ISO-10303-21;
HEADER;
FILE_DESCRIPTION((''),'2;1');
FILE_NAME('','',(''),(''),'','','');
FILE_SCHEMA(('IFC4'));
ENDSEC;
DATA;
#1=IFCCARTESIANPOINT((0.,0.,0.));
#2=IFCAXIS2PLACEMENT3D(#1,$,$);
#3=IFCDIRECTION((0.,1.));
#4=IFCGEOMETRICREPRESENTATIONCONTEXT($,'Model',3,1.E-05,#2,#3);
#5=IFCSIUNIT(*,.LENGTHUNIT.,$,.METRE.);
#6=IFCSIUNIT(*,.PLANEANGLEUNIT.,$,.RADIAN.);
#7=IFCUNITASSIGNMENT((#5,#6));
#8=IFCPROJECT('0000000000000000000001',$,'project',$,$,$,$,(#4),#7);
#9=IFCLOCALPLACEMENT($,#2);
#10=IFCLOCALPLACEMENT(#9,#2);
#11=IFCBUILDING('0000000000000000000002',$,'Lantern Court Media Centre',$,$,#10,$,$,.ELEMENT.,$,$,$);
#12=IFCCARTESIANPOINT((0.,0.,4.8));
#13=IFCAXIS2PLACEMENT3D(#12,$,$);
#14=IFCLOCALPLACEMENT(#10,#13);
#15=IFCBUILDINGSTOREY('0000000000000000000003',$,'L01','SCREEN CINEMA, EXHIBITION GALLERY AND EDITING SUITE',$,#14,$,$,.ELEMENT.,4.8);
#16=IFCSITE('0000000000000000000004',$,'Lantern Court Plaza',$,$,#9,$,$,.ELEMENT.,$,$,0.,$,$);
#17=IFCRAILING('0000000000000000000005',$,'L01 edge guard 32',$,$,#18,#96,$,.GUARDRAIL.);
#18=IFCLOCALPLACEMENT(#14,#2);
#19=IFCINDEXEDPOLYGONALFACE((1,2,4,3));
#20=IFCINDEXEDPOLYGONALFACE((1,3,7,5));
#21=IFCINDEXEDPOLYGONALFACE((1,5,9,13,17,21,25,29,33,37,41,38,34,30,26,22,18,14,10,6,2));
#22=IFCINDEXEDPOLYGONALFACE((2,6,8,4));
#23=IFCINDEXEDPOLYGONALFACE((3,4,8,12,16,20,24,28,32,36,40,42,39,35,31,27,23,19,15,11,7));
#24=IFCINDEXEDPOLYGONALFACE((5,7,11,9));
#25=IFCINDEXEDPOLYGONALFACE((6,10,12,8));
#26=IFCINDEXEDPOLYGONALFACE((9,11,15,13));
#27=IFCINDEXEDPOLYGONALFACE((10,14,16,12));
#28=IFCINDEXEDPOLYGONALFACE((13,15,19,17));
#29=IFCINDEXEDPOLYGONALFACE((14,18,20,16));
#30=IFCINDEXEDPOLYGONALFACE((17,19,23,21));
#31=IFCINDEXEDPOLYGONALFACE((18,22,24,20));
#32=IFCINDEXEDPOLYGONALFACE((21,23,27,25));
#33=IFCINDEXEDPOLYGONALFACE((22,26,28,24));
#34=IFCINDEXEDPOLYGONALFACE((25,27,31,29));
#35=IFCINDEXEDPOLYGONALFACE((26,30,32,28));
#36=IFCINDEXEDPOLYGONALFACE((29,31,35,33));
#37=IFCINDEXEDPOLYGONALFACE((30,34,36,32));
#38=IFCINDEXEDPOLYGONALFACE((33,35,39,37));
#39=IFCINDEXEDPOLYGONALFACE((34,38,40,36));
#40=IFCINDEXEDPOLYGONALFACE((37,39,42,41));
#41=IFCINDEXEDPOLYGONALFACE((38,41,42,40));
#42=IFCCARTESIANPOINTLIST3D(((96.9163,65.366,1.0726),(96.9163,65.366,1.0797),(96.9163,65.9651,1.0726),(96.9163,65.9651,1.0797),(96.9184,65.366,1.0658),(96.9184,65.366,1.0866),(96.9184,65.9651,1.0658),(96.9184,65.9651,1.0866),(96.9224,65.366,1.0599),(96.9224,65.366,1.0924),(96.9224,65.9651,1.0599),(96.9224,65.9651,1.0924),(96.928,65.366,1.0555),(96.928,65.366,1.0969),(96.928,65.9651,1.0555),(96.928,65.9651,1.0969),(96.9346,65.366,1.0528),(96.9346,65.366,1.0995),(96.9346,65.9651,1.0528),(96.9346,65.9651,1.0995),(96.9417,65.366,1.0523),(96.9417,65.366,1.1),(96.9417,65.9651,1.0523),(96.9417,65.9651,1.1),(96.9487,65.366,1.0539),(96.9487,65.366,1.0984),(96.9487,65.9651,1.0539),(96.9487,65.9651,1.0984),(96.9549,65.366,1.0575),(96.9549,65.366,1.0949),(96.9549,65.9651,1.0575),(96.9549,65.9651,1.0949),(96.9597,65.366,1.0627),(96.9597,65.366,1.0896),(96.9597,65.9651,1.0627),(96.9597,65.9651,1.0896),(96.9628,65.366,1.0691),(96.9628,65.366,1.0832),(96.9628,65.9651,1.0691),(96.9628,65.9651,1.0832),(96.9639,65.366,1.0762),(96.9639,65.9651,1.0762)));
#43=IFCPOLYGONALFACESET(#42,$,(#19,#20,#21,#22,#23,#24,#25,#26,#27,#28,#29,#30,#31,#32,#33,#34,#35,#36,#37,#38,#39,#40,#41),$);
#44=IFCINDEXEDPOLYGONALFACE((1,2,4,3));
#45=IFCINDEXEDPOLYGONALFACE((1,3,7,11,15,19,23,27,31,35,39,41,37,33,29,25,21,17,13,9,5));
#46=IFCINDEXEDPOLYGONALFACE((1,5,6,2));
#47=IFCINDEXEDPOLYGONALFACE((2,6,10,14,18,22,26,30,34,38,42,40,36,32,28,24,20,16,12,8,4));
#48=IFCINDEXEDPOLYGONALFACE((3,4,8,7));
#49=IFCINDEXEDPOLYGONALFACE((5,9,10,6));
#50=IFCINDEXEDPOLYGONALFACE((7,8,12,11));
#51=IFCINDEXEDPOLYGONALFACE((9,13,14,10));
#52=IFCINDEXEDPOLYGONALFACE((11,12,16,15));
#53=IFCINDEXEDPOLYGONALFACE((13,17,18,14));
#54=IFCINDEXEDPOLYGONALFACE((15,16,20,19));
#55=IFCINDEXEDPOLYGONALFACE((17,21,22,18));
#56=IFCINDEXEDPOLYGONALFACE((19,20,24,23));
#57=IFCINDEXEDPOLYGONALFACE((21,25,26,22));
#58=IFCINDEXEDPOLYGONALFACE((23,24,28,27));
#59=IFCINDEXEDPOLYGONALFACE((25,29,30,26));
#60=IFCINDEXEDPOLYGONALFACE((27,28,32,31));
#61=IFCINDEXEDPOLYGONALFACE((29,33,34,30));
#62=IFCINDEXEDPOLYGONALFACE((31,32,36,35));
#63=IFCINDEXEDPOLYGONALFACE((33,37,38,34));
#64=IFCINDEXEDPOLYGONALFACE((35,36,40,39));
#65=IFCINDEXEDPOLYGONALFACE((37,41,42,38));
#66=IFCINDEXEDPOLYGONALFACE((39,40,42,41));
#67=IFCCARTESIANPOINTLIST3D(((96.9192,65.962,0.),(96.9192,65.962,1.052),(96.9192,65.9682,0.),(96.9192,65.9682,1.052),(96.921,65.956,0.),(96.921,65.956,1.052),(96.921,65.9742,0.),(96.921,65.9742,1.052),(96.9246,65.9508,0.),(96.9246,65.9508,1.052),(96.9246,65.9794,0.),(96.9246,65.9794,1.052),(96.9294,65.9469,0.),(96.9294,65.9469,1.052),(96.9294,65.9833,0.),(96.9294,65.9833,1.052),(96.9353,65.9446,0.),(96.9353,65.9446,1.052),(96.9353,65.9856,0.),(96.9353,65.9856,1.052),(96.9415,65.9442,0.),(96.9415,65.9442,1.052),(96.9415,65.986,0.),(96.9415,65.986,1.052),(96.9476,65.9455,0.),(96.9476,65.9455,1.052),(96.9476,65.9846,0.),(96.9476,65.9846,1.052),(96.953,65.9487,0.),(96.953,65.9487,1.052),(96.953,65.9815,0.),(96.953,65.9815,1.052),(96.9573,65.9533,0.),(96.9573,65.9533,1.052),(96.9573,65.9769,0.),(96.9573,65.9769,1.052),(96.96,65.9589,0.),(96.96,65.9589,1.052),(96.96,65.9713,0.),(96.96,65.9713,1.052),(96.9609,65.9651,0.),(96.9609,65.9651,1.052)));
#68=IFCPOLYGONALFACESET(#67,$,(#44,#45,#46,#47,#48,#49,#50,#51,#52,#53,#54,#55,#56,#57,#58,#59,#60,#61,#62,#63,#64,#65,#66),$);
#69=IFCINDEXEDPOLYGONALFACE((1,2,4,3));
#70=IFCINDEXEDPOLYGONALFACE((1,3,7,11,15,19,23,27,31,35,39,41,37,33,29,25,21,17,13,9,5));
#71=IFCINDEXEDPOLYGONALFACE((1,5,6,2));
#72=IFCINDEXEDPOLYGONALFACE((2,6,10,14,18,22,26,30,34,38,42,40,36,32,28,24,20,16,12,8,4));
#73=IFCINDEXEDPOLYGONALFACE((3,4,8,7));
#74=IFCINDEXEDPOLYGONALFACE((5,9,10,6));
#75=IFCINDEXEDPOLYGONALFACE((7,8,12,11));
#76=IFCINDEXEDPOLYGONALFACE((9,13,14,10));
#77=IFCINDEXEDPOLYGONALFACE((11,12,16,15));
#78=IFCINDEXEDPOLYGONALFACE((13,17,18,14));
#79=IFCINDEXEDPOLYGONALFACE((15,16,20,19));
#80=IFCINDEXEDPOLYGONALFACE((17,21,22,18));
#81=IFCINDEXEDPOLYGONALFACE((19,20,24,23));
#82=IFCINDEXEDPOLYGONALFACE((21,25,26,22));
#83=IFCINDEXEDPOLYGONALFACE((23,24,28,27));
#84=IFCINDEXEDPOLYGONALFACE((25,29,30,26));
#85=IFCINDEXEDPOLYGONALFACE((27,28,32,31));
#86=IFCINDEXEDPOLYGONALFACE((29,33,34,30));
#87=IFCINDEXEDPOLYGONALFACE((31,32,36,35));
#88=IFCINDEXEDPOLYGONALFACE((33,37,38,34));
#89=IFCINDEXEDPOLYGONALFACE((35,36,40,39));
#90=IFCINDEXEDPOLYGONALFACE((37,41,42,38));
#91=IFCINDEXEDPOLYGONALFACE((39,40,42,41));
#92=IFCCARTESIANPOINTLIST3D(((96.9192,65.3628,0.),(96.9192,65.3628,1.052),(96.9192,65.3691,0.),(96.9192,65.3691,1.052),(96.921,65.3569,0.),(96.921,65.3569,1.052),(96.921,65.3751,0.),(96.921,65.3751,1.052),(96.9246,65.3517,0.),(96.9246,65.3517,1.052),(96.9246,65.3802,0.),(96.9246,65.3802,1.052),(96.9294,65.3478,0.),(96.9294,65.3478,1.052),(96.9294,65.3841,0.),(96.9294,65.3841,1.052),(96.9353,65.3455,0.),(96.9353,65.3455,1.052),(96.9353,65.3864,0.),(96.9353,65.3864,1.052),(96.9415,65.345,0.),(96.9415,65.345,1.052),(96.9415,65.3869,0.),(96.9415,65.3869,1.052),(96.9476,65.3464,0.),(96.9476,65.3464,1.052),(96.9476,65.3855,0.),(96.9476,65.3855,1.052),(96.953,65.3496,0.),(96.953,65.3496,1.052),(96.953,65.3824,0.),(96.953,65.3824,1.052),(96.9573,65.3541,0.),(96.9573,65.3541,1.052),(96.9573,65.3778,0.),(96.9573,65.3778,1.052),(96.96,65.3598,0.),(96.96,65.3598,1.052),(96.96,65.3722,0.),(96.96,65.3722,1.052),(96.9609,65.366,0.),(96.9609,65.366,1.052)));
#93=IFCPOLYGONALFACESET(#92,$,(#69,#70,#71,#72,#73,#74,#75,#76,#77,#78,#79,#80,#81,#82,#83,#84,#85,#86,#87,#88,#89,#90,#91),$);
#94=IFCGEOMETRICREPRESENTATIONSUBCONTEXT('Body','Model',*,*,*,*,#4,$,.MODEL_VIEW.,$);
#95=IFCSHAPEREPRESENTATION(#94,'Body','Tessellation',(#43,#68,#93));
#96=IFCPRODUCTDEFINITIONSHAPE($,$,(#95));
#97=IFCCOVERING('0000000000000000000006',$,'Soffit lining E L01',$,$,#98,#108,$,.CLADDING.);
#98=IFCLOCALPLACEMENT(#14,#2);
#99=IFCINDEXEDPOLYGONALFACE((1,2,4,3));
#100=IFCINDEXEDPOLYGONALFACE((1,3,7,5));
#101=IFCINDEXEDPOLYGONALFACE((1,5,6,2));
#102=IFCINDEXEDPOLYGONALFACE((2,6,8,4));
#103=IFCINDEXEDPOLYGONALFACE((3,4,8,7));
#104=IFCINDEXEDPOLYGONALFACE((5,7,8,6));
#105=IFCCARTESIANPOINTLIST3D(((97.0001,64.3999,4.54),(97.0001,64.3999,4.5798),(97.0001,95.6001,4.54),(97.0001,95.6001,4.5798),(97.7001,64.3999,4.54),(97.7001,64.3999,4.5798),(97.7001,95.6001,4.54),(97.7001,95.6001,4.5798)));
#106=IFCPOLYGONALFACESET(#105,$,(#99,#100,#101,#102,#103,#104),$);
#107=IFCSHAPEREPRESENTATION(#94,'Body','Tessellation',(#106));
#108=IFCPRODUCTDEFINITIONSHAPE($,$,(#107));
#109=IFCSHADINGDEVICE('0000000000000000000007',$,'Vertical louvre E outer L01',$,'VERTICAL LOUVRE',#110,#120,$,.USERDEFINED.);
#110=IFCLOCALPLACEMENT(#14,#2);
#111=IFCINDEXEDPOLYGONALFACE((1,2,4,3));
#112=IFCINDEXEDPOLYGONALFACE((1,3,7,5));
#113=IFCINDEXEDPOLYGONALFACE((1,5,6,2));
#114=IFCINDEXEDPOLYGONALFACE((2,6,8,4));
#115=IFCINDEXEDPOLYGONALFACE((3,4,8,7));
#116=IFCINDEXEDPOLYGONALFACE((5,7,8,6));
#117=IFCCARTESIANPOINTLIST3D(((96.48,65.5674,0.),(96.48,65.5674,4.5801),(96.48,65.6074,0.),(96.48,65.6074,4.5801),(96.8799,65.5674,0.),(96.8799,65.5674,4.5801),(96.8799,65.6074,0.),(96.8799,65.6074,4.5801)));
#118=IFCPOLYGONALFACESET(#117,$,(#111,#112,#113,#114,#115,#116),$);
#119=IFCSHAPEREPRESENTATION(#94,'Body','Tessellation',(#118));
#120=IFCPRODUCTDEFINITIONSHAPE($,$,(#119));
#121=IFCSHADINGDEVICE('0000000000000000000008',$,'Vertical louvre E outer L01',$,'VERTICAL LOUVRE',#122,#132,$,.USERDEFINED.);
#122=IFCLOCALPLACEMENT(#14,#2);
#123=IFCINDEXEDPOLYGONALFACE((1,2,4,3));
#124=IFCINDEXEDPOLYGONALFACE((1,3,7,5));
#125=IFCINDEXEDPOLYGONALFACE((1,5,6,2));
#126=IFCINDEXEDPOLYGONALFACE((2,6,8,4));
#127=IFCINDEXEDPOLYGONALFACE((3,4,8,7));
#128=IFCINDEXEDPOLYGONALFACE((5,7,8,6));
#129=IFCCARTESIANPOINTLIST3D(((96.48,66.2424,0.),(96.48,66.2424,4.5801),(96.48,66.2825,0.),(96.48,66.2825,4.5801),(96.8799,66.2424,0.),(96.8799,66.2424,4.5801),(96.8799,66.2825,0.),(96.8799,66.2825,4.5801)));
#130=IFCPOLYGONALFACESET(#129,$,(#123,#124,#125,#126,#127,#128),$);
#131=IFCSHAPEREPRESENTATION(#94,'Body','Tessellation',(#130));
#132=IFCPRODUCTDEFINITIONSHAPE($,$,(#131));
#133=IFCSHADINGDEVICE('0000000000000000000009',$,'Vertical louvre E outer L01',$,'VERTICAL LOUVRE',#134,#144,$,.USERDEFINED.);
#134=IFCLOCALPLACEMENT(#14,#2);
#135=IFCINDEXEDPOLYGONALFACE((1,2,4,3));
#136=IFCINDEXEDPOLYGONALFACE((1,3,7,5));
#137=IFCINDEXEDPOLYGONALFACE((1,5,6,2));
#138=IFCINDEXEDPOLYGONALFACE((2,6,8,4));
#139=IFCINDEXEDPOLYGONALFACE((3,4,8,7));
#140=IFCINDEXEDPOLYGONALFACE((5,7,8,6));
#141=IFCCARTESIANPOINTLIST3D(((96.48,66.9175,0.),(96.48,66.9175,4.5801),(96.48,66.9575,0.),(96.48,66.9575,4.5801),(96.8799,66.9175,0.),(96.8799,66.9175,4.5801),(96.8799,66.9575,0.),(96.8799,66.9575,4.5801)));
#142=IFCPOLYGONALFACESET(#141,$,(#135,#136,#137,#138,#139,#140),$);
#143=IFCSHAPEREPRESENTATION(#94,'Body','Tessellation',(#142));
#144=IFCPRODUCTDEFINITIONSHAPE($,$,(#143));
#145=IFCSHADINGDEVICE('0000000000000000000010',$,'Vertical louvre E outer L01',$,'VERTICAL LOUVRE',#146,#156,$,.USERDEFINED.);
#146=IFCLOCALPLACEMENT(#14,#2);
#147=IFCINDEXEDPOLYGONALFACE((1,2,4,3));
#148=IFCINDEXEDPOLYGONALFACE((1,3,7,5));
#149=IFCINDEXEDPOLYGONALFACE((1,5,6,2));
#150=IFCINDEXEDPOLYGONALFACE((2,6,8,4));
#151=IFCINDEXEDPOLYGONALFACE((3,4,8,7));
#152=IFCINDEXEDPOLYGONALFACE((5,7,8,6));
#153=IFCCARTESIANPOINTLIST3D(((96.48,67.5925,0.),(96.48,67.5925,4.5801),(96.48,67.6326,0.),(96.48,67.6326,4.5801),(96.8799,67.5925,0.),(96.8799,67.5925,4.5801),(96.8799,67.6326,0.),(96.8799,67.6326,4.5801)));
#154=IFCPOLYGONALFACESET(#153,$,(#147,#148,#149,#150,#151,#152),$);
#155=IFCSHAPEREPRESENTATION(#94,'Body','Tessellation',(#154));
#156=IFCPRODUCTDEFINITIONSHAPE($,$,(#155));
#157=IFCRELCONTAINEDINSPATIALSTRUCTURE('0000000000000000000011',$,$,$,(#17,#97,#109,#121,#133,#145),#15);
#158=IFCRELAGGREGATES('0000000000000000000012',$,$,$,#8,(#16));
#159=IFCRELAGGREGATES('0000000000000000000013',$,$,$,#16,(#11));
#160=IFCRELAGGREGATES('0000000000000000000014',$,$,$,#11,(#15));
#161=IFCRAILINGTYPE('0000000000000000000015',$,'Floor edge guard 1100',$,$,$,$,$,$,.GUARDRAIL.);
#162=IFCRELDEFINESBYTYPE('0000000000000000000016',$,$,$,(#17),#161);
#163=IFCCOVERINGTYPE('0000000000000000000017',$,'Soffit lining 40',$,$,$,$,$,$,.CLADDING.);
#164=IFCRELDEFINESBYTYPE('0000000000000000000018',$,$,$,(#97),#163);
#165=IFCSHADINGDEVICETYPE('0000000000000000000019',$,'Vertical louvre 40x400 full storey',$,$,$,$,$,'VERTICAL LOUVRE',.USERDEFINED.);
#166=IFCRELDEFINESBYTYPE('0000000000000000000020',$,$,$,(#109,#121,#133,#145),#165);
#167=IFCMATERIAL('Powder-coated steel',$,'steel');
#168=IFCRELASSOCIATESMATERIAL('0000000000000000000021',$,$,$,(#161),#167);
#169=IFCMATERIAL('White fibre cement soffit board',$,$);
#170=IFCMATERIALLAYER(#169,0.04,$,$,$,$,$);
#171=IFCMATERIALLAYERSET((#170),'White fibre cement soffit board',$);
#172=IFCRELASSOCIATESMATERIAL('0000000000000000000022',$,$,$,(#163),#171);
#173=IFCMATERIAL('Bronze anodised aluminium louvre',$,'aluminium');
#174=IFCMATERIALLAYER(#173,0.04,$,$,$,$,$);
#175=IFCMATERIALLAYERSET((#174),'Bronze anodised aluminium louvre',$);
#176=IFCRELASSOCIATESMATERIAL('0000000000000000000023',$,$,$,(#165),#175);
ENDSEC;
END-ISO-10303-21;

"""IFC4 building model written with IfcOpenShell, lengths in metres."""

from ifc_helpers import new_model, si_unit, direction, frame, frame_2d, origin, origin_2d, place, context, subcontext, project, spatial, rectangle, circle, extrude, material, layer, layer_set, type_object, element, save


model = new_model("IFC4")

# Units and contexts
model_context = context("Model", 3, precision=1e-05, world=origin(), true_north=direction((0.0, 1.0)))
body_context = subcontext(model_context, "Body", "Model", "MODEL_VIEW")
ifc_project = project(units=[si_unit("LENGTHUNIT", "METRE"), si_unit("PLANEANGLEUNIT", "RADIAN")], contexts=[model_context])

# Site, building, storey
site_placement = place(None, origin())
site = spatial("IfcSite", under=ifc_project, at=site_placement, Name="Lantern Court Plaza", CompositionType="ELEMENT", RefElevation=0.0)
building_placement = place(site_placement, origin())
building = spatial("IfcBuilding", under=site, at=building_placement, Name="Lantern Court Media Centre", CompositionType="ELEMENT")
storey_placement = place(building_placement, frame((0.0, 0.0, 4.8)))
storey = spatial("IfcBuildingStorey", under=building, at=storey_placement, Name="L01", Description="SCREEN CINEMA, EXHIBITION GALLERY AND EDITING SUITE", CompositionType="ELEMENT", Elevation=4.8)

# Railing
ifc_material_1 = material(Name="Powder-coated steel", Category="steel")
railing_type = type_object("IfcRailingType", Name="Floor edge guard 1100", PredefinedType="GUARDRAIL", material=ifc_material_1)
railing_1_placement = place(storey_placement, frame((96.9399, 65.9651, 0.0)))
element("IfcRailing", 1, at=railing_1_placement, inside=storey, type_object=railing_type, Name="L01 edge guard 32", PredefinedType="GUARDRAIL", context=body_context, shape_type="SweptSolid", body=[
    extrude(circle(Radius=0.0239, at=origin_2d()), frame((0.0, 0.0, 1.0762), z_axis=(0.0, -1.0, 0.0), x_axis=(1.0, 0.0, 0.0)), (0.0, 0.0, 1.0), 0.5991),
    extrude(circle(Radius=0.021, at=origin_2d()), origin(), (0.0, 0.0, 1.0), 1.052),
    extrude(circle(Radius=0.021, at=origin_2d()), frame((0.0, -0.5991, 0.0)), (0.0, 0.0, 1.0), 1.052),
])

# Covering
ifc_material_2 = material(Name="White fibre cement soffit board")
ifc_layer_1 = layer(ifc_material_2, 0.04)
ifc_layer_set_1 = layer_set([ifc_layer_1], Name="White fibre cement soffit board")
covering_type = type_object("IfcCoveringType", Name="Soffit lining 40", PredefinedType="CLADDING", material=ifc_layer_set_1)
covering_placement = place(storey_placement, frame((97.3501, 64.3999, 4.54), z_axis=(0.0, 0.0, 1.0), x_axis=(0.0, 1.0, 0.0)))
element("IfcCovering", 2, at=covering_placement, inside=storey, type_object=covering_type, Name="Soffit lining E L01", PredefinedType="CLADDING", context=body_context, shape_type="SweptSolid", body=[
    extrude(rectangle(XDim=31.2002, YDim=0.7, at=frame_2d((15.6001, 0.0))), origin(), (0.0, 0.0, 1.0), 0.0398),
])

# Shading devices
ifc_material_3 = material(Name="Bronze anodised aluminium louvre", Category="aluminium")
ifc_layer_2 = layer(ifc_material_3, 0.04)
ifc_layer_set_2 = layer_set([ifc_layer_2], Name="Bronze anodised aluminium louvre")
shading_device_type = type_object("IfcShadingDeviceType", Name="Vertical louvre 40x400 full storey", ElementType="VERTICAL LOUVRE", PredefinedType="USERDEFINED", material=ifc_layer_set_2)
for number, where, z_axis, x_axis, name in (
    (3, (96.6799, 65.5874, 0.0), (0.0, 0.0, 1.0), (1.0, 0.0, 0.0), "Vertical louvre E outer L01"),
    (4, (96.6799, 66.2625, 0.0), (0.0, 0.0, 1.0), (1.0, 0.0, 0.0), "Vertical louvre E outer L01"),
    (5, (96.6799, 66.9375, 0.0), (0.0, 0.0, 1.0), (1.0, 0.0, 0.0), "Vertical louvre E outer L01"),
    (6, (96.6799, 67.6125, 0.0), (0.0, 0.0, 1.0), (1.0, 0.0, 0.0), "Vertical louvre E outer L01"),
):
    element("IfcShadingDevice", number, at=place(storey_placement, frame(where, z_axis=z_axis, x_axis=x_axis)), inside=storey, type_object=shading_device_type, Name=name, ObjectType="VERTICAL LOUVRE", PredefinedType="USERDEFINED", context=body_context, shape_type="SweptSolid", body=[
        extrude(rectangle(XDim=0.3999, YDim=0.04, at=origin_2d()), origin(), (0.0, 0.0, 1.0), 4.5801),
    ])

save(model, "model.ifc")
